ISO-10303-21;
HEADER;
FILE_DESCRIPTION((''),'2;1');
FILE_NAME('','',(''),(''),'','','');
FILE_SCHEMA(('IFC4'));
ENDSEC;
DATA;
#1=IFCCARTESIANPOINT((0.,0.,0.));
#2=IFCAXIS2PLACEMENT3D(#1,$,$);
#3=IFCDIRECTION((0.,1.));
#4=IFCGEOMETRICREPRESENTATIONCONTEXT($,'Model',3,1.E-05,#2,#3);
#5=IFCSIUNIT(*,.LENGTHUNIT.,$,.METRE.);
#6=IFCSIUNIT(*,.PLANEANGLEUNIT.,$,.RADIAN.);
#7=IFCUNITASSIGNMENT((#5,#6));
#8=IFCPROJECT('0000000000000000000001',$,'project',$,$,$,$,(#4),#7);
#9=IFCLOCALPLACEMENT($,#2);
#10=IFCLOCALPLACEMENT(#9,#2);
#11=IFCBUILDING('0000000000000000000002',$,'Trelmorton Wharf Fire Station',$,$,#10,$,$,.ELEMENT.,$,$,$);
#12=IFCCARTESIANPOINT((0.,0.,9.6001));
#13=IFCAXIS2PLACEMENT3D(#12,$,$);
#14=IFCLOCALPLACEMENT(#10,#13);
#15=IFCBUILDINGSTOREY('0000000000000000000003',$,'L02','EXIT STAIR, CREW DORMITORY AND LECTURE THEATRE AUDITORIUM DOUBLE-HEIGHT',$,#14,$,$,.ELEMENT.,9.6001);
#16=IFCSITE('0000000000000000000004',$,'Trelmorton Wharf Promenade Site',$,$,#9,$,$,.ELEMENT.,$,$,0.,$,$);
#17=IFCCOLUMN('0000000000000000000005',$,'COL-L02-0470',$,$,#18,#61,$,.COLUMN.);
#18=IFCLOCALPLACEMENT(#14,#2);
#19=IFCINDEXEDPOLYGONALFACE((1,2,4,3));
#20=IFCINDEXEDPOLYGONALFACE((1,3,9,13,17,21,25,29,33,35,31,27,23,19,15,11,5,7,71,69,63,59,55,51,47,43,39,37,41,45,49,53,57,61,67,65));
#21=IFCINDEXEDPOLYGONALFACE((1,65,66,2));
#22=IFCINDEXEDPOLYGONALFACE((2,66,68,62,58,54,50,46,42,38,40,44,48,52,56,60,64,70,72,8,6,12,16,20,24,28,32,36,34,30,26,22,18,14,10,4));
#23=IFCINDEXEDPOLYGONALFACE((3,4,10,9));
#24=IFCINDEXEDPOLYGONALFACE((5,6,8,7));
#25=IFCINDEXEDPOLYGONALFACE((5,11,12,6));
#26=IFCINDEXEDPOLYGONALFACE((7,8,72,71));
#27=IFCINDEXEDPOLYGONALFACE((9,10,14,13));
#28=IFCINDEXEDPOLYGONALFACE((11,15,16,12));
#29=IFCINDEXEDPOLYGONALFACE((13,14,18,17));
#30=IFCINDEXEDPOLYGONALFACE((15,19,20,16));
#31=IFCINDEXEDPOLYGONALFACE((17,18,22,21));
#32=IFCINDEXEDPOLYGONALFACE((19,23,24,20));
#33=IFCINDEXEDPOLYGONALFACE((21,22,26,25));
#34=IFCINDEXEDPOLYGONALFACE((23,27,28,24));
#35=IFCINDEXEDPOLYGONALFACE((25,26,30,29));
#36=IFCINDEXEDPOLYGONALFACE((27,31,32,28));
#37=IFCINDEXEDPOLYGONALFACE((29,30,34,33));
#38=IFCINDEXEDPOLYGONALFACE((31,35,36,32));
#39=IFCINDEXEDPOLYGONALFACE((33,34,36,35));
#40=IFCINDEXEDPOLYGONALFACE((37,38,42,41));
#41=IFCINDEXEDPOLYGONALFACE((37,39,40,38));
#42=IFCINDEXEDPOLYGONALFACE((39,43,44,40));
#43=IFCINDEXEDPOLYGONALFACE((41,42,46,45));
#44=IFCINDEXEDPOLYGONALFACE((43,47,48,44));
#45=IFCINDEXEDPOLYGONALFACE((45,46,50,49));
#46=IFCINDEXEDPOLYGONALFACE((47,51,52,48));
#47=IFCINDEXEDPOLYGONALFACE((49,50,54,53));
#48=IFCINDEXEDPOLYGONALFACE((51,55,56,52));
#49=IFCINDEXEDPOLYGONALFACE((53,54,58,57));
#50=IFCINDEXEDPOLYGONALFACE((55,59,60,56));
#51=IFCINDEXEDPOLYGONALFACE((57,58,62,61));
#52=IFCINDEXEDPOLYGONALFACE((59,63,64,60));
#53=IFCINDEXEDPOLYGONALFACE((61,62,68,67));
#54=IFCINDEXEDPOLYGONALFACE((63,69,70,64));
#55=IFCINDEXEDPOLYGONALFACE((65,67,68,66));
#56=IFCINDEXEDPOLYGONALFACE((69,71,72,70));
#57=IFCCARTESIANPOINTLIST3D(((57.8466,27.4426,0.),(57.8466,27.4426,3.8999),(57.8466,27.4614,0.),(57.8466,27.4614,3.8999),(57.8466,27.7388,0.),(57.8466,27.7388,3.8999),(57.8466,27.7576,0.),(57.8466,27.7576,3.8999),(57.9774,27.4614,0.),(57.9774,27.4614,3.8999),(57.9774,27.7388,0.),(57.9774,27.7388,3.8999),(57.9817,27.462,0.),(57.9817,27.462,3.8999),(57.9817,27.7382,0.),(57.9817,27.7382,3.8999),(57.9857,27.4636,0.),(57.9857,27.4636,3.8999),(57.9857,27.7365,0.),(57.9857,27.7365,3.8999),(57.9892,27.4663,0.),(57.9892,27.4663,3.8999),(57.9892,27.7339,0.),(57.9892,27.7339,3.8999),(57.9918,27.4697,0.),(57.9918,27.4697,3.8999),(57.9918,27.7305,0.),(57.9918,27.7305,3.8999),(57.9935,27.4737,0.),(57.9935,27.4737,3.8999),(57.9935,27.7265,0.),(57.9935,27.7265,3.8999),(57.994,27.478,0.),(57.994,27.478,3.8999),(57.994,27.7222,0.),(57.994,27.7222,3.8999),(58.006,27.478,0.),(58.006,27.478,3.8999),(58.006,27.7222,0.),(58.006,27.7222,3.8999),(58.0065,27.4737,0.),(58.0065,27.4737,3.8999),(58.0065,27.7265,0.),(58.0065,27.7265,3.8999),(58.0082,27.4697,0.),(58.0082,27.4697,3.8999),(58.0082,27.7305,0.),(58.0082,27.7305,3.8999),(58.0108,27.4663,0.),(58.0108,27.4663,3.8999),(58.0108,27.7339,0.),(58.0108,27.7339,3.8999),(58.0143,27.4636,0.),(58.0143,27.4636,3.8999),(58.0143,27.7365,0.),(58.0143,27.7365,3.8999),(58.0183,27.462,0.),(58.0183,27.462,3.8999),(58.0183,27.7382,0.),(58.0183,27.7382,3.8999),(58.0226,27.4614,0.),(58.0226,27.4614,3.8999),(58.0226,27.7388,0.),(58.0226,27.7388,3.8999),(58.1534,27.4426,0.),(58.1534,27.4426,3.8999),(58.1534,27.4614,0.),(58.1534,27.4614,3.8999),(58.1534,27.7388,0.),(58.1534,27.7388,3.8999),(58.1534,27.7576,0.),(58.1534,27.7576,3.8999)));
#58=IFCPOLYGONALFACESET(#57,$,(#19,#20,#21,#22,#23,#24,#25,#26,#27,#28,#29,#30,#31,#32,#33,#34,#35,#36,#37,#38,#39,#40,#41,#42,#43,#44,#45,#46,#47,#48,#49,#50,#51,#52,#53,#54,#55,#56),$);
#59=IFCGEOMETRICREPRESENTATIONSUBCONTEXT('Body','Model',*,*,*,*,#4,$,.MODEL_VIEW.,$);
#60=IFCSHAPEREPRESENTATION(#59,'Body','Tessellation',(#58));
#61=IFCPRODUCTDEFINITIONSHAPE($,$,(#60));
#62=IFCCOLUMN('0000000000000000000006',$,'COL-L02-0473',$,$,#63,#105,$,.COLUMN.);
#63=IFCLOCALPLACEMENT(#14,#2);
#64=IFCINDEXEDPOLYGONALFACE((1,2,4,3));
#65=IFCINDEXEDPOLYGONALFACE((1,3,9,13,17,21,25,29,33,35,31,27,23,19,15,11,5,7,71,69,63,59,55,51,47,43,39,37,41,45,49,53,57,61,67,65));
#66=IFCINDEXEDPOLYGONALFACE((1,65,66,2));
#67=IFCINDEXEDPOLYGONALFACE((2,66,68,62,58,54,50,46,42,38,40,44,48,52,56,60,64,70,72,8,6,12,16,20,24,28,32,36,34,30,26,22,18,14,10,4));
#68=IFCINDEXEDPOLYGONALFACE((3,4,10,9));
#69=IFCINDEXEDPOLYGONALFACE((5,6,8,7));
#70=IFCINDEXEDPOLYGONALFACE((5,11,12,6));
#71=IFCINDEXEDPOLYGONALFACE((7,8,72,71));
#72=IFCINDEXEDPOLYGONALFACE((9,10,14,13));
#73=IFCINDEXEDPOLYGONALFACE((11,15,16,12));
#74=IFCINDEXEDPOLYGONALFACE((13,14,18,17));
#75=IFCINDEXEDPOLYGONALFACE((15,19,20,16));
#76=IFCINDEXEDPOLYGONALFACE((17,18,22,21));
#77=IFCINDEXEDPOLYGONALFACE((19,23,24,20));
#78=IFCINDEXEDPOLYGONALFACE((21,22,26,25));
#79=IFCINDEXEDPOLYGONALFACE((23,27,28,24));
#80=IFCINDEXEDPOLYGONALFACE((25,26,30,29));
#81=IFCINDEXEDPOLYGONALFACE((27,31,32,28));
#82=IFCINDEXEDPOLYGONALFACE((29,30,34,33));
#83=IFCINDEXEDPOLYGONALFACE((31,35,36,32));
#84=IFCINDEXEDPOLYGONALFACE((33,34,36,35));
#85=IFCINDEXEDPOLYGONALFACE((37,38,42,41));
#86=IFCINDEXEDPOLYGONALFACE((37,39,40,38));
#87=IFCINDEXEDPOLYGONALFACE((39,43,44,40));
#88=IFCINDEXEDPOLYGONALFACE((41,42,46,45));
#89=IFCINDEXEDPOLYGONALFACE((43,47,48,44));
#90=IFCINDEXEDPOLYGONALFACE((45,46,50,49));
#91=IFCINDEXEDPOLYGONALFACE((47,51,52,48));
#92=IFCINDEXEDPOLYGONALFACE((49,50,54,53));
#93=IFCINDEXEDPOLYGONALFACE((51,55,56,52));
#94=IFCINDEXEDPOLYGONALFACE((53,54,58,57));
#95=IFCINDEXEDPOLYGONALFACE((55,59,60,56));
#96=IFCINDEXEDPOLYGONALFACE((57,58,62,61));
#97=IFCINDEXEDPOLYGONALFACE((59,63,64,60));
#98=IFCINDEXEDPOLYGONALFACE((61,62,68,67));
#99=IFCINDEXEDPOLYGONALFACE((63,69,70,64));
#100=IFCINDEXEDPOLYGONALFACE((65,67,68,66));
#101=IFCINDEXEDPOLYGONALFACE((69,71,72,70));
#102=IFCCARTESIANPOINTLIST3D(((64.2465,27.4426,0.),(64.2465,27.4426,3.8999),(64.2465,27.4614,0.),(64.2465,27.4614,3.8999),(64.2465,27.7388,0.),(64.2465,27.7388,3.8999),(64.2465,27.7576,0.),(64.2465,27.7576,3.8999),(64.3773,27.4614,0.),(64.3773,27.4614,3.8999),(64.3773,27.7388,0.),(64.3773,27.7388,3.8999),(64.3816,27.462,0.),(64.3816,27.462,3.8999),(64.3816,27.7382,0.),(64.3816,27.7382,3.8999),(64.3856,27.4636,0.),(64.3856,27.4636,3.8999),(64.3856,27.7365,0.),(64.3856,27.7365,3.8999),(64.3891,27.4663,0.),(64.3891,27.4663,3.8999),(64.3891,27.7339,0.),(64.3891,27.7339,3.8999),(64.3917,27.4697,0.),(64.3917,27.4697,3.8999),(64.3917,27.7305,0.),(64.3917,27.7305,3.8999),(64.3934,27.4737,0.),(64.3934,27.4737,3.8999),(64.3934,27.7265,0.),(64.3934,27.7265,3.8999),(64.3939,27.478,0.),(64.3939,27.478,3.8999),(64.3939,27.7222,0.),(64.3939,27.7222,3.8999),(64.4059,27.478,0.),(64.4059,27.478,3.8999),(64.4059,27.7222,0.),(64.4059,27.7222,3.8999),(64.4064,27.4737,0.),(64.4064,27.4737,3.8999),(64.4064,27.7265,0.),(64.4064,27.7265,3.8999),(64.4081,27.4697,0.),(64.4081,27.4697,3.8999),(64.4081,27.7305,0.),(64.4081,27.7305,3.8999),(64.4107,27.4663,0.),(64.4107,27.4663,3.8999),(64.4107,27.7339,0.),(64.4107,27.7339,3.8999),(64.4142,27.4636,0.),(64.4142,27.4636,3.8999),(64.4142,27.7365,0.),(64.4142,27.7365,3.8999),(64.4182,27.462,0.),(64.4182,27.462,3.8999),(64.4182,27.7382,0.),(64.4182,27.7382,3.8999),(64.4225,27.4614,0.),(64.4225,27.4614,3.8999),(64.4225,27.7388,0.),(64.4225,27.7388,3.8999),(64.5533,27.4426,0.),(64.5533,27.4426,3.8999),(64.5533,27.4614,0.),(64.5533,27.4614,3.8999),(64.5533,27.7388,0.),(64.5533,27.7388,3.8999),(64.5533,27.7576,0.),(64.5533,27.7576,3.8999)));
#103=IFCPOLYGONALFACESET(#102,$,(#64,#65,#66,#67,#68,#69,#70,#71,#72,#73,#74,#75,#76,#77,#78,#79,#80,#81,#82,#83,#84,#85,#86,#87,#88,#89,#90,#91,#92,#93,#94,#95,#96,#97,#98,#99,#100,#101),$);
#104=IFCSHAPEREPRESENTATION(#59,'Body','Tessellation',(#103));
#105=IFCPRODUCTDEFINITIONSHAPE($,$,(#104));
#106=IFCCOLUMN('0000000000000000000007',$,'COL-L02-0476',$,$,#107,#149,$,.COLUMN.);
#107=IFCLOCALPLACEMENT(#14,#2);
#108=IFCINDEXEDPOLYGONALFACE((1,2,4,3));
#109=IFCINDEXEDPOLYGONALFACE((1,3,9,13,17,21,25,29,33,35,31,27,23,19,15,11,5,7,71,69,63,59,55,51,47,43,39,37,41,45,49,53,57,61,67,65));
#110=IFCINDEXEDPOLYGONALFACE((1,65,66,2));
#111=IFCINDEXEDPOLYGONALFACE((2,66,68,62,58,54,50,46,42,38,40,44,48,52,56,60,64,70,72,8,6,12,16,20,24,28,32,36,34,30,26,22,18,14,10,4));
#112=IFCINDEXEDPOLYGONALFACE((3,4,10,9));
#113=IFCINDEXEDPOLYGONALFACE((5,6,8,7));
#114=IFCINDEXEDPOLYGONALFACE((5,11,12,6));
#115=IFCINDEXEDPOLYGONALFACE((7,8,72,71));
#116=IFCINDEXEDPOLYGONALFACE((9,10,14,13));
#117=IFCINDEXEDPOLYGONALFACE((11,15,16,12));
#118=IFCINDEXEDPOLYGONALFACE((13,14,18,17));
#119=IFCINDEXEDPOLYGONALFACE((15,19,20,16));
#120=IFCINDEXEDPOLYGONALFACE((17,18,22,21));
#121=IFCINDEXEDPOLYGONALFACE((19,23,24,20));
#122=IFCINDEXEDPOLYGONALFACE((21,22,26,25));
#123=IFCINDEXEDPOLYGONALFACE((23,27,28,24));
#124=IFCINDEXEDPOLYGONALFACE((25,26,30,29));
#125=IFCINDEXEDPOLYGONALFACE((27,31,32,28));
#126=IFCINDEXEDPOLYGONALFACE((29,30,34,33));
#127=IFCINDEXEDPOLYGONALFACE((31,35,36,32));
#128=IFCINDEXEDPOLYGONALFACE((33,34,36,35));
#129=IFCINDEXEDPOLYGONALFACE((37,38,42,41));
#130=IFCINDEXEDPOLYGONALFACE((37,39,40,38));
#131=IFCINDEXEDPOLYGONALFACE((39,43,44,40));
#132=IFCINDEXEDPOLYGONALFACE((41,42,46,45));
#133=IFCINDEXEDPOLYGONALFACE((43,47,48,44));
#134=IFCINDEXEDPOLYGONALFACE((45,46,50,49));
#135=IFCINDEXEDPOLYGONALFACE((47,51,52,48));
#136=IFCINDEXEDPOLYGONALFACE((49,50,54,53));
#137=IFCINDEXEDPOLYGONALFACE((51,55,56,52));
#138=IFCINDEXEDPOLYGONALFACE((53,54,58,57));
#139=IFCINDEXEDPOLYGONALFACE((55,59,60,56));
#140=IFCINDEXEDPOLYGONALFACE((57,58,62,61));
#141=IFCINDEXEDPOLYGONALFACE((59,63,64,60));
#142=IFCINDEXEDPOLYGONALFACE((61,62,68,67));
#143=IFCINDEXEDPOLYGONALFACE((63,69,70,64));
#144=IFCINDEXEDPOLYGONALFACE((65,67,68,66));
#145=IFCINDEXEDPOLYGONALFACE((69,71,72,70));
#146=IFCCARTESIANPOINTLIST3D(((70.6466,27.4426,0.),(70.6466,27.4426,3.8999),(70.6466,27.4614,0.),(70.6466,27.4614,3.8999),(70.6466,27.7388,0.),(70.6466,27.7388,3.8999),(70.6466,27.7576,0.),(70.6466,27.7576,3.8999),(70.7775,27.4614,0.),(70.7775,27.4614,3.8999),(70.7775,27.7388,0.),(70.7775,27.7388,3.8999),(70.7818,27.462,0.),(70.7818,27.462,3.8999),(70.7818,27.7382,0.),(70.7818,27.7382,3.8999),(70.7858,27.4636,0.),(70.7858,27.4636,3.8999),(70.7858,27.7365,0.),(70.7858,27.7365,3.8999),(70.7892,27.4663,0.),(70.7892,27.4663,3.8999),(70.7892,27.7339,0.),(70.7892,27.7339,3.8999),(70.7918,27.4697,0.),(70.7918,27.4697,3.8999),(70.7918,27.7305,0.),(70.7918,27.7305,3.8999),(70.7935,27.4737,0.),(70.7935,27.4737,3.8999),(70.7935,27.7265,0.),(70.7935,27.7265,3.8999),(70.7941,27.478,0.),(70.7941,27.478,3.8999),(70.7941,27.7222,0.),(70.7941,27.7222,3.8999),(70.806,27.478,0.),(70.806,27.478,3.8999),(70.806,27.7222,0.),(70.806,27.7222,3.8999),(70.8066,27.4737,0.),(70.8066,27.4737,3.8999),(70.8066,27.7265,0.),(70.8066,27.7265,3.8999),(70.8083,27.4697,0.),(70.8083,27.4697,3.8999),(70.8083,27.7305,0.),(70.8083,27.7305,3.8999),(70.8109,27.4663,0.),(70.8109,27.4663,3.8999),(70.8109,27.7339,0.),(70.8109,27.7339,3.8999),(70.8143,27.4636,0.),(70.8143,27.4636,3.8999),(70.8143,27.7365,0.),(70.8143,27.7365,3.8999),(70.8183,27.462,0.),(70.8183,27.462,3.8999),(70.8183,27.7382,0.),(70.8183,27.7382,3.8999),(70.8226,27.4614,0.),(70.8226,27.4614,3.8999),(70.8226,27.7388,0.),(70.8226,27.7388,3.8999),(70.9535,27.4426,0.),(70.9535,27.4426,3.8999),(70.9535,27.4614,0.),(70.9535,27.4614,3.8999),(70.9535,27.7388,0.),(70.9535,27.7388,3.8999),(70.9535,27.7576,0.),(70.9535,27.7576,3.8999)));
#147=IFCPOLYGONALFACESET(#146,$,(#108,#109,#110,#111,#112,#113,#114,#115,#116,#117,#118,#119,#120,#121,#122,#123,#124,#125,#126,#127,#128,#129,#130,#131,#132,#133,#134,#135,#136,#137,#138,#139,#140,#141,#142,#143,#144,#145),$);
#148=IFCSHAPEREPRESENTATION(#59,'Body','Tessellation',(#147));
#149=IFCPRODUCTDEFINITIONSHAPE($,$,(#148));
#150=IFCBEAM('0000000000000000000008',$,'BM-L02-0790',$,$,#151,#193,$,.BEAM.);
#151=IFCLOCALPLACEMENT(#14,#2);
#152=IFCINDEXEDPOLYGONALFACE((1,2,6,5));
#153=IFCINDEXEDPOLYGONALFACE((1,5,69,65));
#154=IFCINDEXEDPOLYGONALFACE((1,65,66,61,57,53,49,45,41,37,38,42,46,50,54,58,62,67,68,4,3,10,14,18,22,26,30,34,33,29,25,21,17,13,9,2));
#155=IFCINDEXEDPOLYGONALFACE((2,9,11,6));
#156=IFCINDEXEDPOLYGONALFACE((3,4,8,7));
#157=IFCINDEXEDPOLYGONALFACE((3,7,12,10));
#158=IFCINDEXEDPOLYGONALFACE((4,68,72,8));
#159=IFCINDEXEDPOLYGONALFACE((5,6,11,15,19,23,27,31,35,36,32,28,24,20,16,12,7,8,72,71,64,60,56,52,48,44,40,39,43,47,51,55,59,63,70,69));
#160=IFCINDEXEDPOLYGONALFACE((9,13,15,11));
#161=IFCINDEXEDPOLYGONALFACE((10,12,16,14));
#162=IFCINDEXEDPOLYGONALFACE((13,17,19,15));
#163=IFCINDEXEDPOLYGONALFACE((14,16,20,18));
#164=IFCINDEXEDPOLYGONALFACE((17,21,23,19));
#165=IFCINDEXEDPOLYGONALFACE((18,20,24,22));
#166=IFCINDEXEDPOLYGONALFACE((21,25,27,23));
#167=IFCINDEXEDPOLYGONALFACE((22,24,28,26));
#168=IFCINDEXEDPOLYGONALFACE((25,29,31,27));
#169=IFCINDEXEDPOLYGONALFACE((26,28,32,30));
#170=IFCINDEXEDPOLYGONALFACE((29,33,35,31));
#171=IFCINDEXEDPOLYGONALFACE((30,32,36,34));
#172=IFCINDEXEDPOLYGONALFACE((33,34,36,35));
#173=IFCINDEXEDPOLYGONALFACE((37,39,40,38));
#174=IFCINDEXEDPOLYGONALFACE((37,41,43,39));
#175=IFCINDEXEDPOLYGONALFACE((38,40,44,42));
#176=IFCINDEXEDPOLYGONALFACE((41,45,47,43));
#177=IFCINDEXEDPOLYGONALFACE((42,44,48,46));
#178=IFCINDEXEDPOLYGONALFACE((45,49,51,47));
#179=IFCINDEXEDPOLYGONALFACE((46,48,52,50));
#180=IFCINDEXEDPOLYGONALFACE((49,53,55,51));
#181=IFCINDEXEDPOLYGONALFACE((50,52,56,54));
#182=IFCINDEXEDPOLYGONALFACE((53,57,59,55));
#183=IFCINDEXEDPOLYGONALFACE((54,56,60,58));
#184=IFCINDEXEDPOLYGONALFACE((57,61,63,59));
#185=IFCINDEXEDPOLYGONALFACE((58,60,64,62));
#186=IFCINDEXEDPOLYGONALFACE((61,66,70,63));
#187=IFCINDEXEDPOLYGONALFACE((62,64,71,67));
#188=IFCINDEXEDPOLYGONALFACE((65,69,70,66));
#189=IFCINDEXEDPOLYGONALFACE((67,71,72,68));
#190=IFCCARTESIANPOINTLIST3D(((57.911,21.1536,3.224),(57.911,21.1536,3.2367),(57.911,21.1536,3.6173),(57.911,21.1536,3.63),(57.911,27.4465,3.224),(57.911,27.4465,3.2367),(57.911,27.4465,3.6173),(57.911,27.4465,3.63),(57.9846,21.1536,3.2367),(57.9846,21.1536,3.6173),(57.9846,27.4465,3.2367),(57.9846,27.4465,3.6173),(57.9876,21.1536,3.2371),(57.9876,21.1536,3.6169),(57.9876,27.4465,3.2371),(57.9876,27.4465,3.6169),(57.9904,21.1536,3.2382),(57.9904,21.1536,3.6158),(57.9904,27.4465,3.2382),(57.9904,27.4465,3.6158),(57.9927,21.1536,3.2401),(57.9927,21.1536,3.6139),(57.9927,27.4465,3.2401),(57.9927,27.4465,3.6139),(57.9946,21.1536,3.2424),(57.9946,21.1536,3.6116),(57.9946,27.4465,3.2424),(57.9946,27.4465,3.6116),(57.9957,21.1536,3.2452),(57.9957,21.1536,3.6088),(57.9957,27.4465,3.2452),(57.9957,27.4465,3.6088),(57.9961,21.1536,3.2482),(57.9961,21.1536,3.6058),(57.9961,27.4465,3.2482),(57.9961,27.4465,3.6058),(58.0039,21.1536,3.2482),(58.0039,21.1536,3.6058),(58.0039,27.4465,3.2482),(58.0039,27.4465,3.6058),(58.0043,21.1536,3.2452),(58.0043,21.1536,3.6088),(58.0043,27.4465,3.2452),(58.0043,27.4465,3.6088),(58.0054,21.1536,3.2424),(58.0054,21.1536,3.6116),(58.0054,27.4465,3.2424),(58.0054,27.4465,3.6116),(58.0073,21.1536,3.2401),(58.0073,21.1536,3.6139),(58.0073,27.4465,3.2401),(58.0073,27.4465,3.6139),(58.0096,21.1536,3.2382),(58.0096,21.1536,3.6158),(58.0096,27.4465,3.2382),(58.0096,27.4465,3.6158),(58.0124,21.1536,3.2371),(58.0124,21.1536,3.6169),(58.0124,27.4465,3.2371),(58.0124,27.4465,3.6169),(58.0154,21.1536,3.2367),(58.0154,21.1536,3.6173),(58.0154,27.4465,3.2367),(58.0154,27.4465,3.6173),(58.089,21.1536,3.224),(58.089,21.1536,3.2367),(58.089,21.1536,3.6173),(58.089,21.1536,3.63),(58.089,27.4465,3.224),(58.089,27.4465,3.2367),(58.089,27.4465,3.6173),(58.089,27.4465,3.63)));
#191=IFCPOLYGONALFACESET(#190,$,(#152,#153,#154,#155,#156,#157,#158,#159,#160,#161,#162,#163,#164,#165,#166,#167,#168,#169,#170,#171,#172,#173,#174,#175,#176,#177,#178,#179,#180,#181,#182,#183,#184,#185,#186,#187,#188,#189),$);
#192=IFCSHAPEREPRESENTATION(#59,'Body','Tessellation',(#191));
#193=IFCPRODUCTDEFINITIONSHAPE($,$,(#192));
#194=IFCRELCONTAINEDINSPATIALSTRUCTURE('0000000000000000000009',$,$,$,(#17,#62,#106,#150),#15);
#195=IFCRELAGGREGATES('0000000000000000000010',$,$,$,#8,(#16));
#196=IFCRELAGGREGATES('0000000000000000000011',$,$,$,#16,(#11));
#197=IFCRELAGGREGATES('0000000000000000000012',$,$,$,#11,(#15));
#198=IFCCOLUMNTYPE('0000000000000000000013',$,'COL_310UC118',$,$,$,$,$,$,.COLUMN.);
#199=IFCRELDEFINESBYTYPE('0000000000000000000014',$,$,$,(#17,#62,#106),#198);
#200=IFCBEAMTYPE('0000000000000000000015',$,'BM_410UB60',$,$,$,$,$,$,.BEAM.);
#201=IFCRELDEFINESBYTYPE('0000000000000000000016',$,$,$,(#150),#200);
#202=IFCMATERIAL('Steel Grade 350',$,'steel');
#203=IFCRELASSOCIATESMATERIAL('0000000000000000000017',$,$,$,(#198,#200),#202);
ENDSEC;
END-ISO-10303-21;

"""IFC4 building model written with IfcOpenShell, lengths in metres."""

from ifc_helpers import new_model, si_unit, direction, frame, origin, origin_2d, place, context, subcontext, project, spatial, i_section, extrude, material, material_profile, profile_set, type_object, element, save


model = new_model("IFC4")

# Units and contexts
model_context = context("Model", 3, precision=1e-05, world=origin(), true_north=direction((0.0, 1.0)))
body_context = subcontext(model_context, "Body", "Model", "MODEL_VIEW")
ifc_project = project(units=[si_unit("LENGTHUNIT", "METRE"), si_unit("PLANEANGLEUNIT", "RADIAN")], contexts=[model_context])

# Site, building, storey
site_placement = place(None, origin())
site = spatial("IfcSite", under=ifc_project, at=site_placement, Name="Trelmorton Wharf Promenade Site", CompositionType="ELEMENT", RefElevation=0.0)
building_placement = place(site_placement, origin())
building = spatial("IfcBuilding", under=site, at=building_placement, Name="Trelmorton Wharf Fire Station", CompositionType="ELEMENT")
storey_placement = place(building_placement, frame((0.0, 0.0, 9.6001)))
storey = spatial("IfcBuildingStorey", under=building, at=storey_placement, Name="L02", Description="EXIT STAIR, CREW DORMITORY AND LECTURE THEATRE AUDITORIUM DOUBLE-HEIGHT", CompositionType="ELEMENT", Elevation=9.6001)

# Columns
ifc_material_1 = material(Name="Steel Grade 350", Category="steel")
ifc_material_profile_1 = material_profile(ifc_material_1, i_section(OverallWidth=0.3069, OverallDepth=0.3149, WebThickness=0.012, FlangeThickness=0.0188, FilletRadius=0.0166, at=origin_2d()), Name="310UC118")
ifc_profile_set_1 = profile_set([ifc_material_profile_1], Name="Steel Grade 350")
column_type = type_object("IfcColumnType", Name="COL_310UC118", PredefinedType="COLUMN", material=ifc_profile_set_1)
for number, where, z_axis, x_axis, name in (
    (1, (58.0, 27.6001, 0.0), (0.0, 0.0, 1.0), (1.0, 0.0, 0.0), "COL-L02-0470"),
    (2, (64.3999, 27.6001, 0.0), (0.0, 0.0, 1.0), (1.0, 0.0, 0.0), "COL-L02-0473"),
    (3, (70.8, 27.6001, 0.0), (0.0, 0.0, 1.0), (1.0, 0.0, 0.0), "COL-L02-0476"),
):
    element("IfcColumn", number, at=place(storey_placement, frame(where, z_axis=z_axis, x_axis=x_axis)), inside=storey, type_object=column_type, Name=name, PredefinedType="COLUMN", context=body_context, shape_type="SweptSolid", body=[
        extrude(i_section(OverallWidth=0.3069, OverallDepth=0.3149, WebThickness=0.012, FlangeThickness=0.0188, FilletRadius=0.0166, at=origin_2d()), origin(), (0.0, 0.0, 1.0), 3.8999),
    ])

# Beam
ifc_material_profile_2 = material_profile(ifc_material_1, i_section(OverallWidth=0.178, OverallDepth=0.406, WebThickness=0.0078, FlangeThickness=0.0127, FilletRadius=0.0115, at=origin_2d()), Name="410UB59.7")
ifc_profile_set_2 = profile_set([ifc_material_profile_2], Name="Steel Grade 350")
beam_type_1 = type_object("IfcBeamType", Name="BM_410UB60", PredefinedType="BEAM", material=ifc_profile_set_2)
for number, where, z_axis, x_axis, name in (
    (4, (58.0, 21.1536, 3.427), (0.0, 1.0, 0.0), (-1.0, 0.0, 0.0), "BM-L02-0790"),
):
    element("IfcBeam", number, at=place(storey_placement, frame(where, z_axis=z_axis, x_axis=x_axis)), inside=storey, type_object=beam_type_1, Name=name, PredefinedType="BEAM", context=body_context, shape_type="SweptSolid", body=[
        extrude(i_section(OverallWidth=0.178, OverallDepth=0.406, WebThickness=0.0078, FlangeThickness=0.0127, FilletRadius=0.0115, at=origin_2d()), origin(), (0.0, 0.0, 1.0), 6.293),
    ])

save(model, "model.ifc")
